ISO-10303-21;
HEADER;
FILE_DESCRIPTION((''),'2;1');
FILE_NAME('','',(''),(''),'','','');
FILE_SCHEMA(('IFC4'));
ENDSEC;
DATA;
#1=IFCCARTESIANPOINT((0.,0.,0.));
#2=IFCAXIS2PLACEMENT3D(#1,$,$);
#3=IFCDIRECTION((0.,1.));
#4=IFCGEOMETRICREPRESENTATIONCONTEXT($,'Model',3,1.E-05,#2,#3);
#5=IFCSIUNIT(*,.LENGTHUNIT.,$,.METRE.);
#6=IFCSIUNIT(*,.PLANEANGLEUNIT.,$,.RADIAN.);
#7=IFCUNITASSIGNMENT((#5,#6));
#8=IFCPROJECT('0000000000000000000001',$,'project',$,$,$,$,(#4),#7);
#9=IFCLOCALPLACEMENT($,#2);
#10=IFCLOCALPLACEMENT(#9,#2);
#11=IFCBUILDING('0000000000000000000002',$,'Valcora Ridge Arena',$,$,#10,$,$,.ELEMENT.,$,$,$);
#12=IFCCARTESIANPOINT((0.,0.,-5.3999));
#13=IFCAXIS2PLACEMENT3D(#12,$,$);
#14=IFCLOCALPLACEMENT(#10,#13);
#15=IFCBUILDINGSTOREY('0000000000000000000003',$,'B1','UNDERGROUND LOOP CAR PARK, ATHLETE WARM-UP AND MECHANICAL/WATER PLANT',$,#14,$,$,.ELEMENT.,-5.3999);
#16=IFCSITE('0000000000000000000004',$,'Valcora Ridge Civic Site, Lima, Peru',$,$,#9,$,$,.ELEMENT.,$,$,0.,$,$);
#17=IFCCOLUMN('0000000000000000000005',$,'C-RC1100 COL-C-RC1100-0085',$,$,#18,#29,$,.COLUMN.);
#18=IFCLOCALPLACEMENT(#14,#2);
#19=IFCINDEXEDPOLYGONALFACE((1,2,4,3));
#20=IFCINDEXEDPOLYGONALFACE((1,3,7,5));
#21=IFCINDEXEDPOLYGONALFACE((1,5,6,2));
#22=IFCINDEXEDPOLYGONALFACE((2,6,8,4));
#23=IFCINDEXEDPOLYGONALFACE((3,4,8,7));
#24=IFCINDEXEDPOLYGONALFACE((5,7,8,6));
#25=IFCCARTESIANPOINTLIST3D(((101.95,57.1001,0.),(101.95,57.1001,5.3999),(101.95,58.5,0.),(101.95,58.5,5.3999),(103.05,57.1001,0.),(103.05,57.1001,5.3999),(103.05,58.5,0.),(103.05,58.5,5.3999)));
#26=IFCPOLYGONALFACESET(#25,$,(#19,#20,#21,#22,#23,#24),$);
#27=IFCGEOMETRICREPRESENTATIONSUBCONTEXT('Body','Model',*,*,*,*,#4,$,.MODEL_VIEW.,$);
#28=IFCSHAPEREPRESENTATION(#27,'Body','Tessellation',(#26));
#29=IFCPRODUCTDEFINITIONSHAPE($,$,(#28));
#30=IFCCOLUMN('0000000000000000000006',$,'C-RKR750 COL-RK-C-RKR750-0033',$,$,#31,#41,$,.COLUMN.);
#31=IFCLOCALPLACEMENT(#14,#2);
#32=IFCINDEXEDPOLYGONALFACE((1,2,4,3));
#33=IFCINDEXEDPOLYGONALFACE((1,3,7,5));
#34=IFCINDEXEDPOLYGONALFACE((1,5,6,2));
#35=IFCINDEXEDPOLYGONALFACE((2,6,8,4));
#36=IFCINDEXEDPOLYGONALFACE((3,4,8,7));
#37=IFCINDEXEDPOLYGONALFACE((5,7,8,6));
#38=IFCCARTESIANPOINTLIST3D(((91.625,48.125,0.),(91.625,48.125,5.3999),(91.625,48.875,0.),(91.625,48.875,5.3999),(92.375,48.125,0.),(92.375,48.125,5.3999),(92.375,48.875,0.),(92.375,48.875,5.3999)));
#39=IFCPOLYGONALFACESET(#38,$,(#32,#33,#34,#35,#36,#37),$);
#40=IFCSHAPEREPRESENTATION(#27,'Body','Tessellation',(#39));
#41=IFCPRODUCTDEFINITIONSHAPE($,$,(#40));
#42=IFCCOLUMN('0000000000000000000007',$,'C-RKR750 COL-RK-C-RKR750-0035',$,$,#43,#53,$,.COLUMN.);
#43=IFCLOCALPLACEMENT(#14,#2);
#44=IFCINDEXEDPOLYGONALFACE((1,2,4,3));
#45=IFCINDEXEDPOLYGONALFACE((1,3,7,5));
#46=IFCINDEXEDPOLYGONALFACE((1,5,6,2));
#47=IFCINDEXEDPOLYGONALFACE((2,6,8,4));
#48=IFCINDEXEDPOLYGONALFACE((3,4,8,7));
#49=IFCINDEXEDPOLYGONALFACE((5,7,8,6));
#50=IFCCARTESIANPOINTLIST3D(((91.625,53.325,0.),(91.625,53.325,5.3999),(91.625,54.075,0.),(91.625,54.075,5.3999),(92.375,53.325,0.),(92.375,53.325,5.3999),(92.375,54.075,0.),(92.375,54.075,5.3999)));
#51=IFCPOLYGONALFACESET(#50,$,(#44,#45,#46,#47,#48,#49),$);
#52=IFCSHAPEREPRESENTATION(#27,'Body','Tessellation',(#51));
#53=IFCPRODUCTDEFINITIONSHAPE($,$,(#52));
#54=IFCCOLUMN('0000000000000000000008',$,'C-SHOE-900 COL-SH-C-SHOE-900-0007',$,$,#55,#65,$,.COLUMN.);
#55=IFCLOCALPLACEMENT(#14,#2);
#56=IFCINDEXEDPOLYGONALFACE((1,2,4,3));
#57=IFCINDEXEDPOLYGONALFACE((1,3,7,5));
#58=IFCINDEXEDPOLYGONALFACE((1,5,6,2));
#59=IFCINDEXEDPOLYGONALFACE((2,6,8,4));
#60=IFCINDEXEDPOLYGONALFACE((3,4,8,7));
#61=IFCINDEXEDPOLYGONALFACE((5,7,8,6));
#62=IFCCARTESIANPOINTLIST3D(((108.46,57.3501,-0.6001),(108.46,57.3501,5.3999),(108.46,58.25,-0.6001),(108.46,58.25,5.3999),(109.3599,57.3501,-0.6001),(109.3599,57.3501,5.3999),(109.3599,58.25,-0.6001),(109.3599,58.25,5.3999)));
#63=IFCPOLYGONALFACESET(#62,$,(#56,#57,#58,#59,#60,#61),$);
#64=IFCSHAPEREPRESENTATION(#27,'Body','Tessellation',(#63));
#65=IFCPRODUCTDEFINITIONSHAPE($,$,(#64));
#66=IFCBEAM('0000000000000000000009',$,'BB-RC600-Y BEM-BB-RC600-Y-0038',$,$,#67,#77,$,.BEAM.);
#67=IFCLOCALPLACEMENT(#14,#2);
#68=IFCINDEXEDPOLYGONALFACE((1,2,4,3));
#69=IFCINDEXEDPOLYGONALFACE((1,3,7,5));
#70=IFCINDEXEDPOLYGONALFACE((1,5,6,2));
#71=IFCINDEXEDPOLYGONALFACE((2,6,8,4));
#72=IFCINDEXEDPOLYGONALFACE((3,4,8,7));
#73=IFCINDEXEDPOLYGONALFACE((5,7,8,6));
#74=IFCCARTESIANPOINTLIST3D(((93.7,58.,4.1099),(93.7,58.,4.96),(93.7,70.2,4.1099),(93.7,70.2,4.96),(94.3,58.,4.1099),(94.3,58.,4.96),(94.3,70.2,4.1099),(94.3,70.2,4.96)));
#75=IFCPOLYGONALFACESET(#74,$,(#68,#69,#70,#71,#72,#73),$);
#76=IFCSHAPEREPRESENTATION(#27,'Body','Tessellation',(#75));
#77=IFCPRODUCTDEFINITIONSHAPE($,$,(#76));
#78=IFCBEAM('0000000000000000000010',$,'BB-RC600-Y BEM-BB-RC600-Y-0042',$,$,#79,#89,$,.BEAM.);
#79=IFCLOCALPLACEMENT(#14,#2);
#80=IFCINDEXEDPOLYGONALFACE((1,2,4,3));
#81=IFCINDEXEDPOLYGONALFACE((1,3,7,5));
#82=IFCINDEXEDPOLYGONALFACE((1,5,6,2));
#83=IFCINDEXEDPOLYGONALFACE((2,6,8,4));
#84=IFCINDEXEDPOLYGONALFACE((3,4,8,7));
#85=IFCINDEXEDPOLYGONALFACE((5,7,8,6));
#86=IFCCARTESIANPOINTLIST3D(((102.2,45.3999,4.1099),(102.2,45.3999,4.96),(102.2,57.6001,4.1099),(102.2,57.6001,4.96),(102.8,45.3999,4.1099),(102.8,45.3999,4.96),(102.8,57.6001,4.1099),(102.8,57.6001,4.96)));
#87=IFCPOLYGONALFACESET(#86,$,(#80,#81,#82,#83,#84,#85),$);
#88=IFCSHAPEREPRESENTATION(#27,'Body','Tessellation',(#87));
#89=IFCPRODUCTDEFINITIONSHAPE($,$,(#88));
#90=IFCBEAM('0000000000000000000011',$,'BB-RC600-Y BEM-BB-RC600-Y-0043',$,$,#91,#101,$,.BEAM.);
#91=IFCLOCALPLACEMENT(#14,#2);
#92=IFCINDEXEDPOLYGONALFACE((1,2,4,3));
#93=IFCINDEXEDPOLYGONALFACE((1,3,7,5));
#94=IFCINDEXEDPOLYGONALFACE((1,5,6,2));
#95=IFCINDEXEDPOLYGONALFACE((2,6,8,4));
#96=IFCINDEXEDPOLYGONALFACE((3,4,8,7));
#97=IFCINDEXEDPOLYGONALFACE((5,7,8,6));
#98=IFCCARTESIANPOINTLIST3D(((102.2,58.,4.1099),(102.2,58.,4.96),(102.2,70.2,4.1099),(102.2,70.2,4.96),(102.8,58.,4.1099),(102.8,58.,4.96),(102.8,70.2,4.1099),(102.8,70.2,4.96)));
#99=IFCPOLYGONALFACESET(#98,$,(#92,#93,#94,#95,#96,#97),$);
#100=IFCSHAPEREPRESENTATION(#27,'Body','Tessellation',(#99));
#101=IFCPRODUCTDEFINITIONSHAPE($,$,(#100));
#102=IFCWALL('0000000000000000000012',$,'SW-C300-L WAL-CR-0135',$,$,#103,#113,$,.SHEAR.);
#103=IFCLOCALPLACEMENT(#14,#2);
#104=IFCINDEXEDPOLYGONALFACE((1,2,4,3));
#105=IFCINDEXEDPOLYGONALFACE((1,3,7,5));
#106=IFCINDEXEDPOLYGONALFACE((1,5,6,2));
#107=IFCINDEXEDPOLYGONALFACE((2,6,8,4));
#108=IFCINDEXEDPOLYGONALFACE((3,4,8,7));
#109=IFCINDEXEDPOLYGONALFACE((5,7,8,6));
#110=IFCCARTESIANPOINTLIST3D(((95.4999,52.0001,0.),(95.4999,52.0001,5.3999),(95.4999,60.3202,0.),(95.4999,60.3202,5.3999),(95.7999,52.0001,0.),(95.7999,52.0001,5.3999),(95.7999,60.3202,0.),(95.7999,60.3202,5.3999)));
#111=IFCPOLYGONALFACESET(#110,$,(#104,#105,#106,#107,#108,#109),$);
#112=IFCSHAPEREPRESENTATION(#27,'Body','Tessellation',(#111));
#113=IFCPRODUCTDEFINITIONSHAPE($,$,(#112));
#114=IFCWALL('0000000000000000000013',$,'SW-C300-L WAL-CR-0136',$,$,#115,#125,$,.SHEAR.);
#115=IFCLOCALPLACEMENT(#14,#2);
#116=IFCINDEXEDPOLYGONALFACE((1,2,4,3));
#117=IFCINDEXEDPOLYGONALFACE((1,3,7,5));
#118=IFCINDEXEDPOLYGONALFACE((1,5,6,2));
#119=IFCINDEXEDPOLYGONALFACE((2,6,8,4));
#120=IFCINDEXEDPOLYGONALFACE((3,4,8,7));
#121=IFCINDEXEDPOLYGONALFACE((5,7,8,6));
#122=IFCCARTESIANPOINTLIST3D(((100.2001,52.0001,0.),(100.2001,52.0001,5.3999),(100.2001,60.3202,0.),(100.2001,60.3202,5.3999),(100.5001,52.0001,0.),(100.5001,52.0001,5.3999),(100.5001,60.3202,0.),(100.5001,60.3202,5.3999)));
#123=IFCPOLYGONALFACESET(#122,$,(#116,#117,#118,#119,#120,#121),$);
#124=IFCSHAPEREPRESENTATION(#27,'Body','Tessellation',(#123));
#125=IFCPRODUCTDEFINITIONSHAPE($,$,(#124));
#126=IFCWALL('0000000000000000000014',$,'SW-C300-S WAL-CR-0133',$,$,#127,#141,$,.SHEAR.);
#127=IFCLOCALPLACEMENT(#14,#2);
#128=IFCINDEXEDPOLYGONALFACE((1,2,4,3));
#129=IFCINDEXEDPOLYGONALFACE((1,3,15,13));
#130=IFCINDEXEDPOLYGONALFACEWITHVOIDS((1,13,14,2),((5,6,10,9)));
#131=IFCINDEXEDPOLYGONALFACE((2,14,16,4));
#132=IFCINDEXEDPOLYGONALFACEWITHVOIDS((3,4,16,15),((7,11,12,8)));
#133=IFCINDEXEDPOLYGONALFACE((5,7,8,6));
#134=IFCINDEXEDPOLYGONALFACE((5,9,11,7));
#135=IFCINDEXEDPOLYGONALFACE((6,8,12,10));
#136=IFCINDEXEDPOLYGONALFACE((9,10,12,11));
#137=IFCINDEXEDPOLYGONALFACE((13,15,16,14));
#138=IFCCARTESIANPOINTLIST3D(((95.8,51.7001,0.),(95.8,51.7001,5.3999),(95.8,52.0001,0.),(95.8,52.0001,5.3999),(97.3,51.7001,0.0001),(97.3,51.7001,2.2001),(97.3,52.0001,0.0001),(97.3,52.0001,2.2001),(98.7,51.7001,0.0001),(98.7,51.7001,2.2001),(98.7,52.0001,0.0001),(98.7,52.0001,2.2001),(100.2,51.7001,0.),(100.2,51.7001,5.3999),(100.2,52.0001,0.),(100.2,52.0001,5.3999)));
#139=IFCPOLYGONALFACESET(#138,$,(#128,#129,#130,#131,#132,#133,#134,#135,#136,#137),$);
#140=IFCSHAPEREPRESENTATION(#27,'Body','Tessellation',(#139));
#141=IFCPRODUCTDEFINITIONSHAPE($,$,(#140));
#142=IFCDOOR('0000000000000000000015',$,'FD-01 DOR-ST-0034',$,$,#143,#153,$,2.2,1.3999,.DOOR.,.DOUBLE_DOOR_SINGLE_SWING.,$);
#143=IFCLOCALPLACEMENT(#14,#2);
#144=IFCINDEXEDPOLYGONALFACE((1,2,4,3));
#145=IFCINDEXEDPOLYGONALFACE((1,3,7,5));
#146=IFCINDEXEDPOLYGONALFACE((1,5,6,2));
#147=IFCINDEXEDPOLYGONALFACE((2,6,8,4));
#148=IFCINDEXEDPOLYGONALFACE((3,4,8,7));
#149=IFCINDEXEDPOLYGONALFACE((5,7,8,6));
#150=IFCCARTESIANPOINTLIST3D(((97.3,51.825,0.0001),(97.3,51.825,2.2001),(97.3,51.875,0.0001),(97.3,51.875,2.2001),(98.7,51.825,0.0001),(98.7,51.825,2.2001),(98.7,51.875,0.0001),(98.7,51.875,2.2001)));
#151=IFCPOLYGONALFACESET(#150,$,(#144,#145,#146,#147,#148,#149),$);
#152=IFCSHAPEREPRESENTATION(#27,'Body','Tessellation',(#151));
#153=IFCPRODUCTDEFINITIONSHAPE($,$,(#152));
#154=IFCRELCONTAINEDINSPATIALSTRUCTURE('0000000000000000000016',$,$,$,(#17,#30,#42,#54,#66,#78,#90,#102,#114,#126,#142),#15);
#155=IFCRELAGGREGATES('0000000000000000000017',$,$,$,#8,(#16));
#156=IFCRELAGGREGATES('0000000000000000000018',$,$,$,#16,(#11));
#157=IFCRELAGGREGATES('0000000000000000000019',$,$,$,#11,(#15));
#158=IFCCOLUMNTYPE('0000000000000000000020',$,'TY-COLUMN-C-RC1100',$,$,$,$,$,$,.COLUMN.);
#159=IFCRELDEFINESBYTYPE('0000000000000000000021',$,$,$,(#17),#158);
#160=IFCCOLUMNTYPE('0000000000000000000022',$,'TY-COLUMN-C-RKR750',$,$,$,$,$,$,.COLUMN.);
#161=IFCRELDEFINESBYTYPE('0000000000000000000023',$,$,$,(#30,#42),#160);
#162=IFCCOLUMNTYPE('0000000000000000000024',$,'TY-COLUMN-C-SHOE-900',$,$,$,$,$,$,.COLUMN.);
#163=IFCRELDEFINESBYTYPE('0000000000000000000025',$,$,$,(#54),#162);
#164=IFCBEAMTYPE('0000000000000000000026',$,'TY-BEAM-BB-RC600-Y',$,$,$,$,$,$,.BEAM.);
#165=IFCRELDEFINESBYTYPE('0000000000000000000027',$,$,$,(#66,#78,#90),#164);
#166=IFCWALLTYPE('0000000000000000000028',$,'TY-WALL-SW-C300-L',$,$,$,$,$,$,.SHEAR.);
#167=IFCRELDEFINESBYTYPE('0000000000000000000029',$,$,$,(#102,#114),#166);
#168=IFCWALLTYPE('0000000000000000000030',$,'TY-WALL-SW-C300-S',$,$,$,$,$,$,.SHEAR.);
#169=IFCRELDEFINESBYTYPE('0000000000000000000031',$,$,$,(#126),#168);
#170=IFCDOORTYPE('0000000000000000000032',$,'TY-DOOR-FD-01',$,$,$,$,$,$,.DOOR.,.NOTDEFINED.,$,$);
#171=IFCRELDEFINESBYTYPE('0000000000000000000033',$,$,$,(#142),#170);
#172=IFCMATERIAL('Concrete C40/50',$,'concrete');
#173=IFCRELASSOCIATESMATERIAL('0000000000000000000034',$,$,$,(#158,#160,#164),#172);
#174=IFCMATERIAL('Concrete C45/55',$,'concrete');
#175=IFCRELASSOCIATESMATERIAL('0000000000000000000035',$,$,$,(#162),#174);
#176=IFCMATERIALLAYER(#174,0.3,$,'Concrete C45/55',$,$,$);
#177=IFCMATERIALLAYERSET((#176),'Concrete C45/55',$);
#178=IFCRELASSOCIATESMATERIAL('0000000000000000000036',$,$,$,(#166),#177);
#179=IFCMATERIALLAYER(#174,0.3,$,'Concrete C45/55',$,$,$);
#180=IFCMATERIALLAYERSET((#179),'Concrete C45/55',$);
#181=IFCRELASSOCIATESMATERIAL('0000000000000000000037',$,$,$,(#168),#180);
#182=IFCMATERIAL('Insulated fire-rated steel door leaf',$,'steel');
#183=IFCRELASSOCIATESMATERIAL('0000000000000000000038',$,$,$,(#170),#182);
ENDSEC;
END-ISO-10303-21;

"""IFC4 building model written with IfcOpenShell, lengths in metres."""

from ifc_helpers import new_model, si_unit, direction, frame, frame_2d, origin, origin_2d, place, context, subcontext, project, spatial, rectangle, extrude, material, layer, layer_set, material_profile, profile_set, type_object, element, fill, save


model = new_model("IFC4")

# Units and contexts
model_context = context("Model", 3, precision=1e-05, world=origin(), true_north=direction((0.0, 1.0)))
body_context = subcontext(model_context, "Body", "Model", "MODEL_VIEW")
ifc_project = project(units=[si_unit("LENGTHUNIT", "METRE"), si_unit("PLANEANGLEUNIT", "RADIAN")], contexts=[model_context])

# Site, building, storey
site_placement = place(None, origin())
site = spatial("IfcSite", under=ifc_project, at=site_placement, Name="Valcora Ridge Civic Site, Lima, Peru", CompositionType="ELEMENT", RefElevation=0.0)
building_placement = place(site_placement, origin())
building = spatial("IfcBuilding", under=site, at=building_placement, Name="Valcora Ridge Arena", CompositionType="ELEMENT")
storey_placement = place(building_placement, frame((0.0, 0.0, -5.3999)))
storey = spatial("IfcBuildingStorey", under=building, at=storey_placement, Name="B1", Description="UNDERGROUND LOOP CAR PARK, ATHLETE WARM-UP AND MECHANICAL/WATER PLANT", CompositionType="ELEMENT", Elevation=-5.3999)

# Shared definitions
ifc_material_1 = material(Name="Concrete C40/50", Category="concrete")

# Columns
ifc_material_profile_1 = material_profile(ifc_material_1, rectangle(XDim=1.1001, YDim=1.3999, at=origin_2d()), Name="RC 1100x1400")
ifc_profile_set_1 = profile_set([ifc_material_profile_1], Name="Concrete C40/50")
column_type_1 = type_object("IfcColumnType", Name="TY-COLUMN-C-RC1100", PredefinedType="COLUMN", material=ifc_profile_set_1)
for number, where, z_axis, x_axis, name in (
    (1, (102.5, 57.8, 0.0), (0.0, 0.0, 1.0), (1.0, 0.0, 0.0), "C-RC1100 COL-C-RC1100-0085"),
):
    element("IfcColumn", number, at=place(storey_placement, frame(where, z_axis=z_axis, x_axis=x_axis)), inside=storey, type_object=column_type_1, Name=name, PredefinedType="COLUMN", context=body_context, shape_type="SweptSolid", body=[
        extrude(rectangle(XDim=1.1001, YDim=1.3999, at=origin_2d()), origin(), (0.0, 0.0, 1.0), 5.3999),
    ])
ifc_material_profile_2 = material_profile(ifc_material_1, rectangle(XDim=0.75, YDim=0.75, at=origin_2d()), Name="RC 750x750")
ifc_profile_set_2 = profile_set([ifc_material_profile_2], Name="Concrete C40/50")
column_type_2 = type_object("IfcColumnType", Name="TY-COLUMN-C-RKR750", PredefinedType="COLUMN", material=ifc_profile_set_2)
for number, where, z_axis, x_axis, name in (
    (2, (92.0, 48.5, 0.0), (0.0, 0.0, 1.0), (1.0, 0.0, 0.0), "C-RKR750 COL-RK-C-RKR750-0033"),
    (3, (92.0, 53.7, 0.0), (0.0, 0.0, 1.0), (1.0, 0.0, 0.0), "C-RKR750 COL-RK-C-RKR750-0035"),
):
    element("IfcColumn", number, at=place(storey_placement, frame(where, z_axis=z_axis, x_axis=x_axis)), inside=storey, type_object=column_type_2, Name=name, PredefinedType="COLUMN", context=body_context, shape_type="SweptSolid", body=[
        extrude(rectangle(XDim=0.75, YDim=0.75, at=origin_2d()), origin(), (0.0, 0.0, 1.0), 5.3999),
    ])
ifc_material_2 = material(Name="Concrete C45/55", Category="concrete")
ifc_material_profile_3 = material_profile(ifc_material_2, rectangle(XDim=0.8999, YDim=0.8999, at=origin_2d()), Name="RC 900x900")
ifc_profile_set_3 = profile_set([ifc_material_profile_3], Name="Concrete C45/55")
column_type_3 = type_object("IfcColumnType", Name="TY-COLUMN-C-SHOE-900", PredefinedType="COLUMN", material=ifc_profile_set_3)
column_placement = place(storey_placement, frame((108.9099, 57.8, -0.6001), z_axis=(0.0, 0.0, 1.0), x_axis=(1.0, 0.0, 0.0)))
element("IfcColumn", 4, at=column_placement, inside=storey, type_object=column_type_3, Name="C-SHOE-900 COL-SH-C-SHOE-900-0007", PredefinedType="COLUMN", context=body_context, shape_type="SweptSolid", body=[
    extrude(rectangle(XDim=0.8999, YDim=0.8999, at=origin_2d()), origin(), (0.0, 0.0, 1.0), 6.0),
])

# Beams
ifc_material_profile_4 = material_profile(ifc_material_1, rectangle(XDim=0.6001, YDim=0.8501, at=origin_2d()), Name="RC 600x850")
ifc_profile_set_4 = profile_set([ifc_material_profile_4], Name="Concrete C40/50")
beam_type = type_object("IfcBeamType", Name="TY-BEAM-BB-RC600-Y", PredefinedType="BEAM", material=ifc_profile_set_4)
beam_1_placement = place(storey_placement, frame((94.0, 58.0, 4.5349), z_axis=(0.0, 1.0, 0.0), x_axis=(-1.0, 0.0, 0.0)))
element("IfcBeam", 5, at=beam_1_placement, inside=storey, type_object=beam_type, Name="BB-RC600-Y BEM-BB-RC600-Y-0038", PredefinedType="BEAM", context=body_context, shape_type="SweptSolid", body=[
    extrude(rectangle(XDim=0.6001, YDim=0.8501, at=origin_2d()), origin(), (0.0, 0.0, 1.0), 12.2),
])
beam_2_placement = place(storey_placement, frame((102.5, 45.3999, 4.5349), z_axis=(0.0, 1.0, 0.0), x_axis=(-1.0, 0.0, 0.0)))
element("IfcBeam", 6, at=beam_2_placement, inside=storey, type_object=beam_type, Name="BB-RC600-Y BEM-BB-RC600-Y-0042", PredefinedType="BEAM", context=body_context, shape_type="SweptSolid", body=[
    extrude(rectangle(XDim=0.6001, YDim=0.8501, at=origin_2d()), origin(), (0.0, 0.0, 1.0), 12.2002),
])
beam_3_placement = place(storey_placement, frame((102.5, 58.0, 4.5349), z_axis=(0.0, 1.0, 0.0), x_axis=(-1.0, 0.0, 0.0)))
element("IfcBeam", 7, at=beam_3_placement, inside=storey, type_object=beam_type, Name="BB-RC600-Y BEM-BB-RC600-Y-0043", PredefinedType="BEAM", context=body_context, shape_type="SweptSolid", body=[
    extrude(rectangle(XDim=0.6001, YDim=0.8501, at=origin_2d()), origin(), (0.0, 0.0, 1.0), 12.2),
])

# Walls
ifc_layer_1 = layer(ifc_material_2, 0.3, Name="Concrete C45/55")
ifc_layer_set_1 = layer_set([ifc_layer_1], Name="Concrete C45/55")
wall_type_1 = type_object("IfcWallType", Name="TY-WALL-SW-C300-L", PredefinedType="SHEAR", material=ifc_layer_set_1)
for number, where, z_axis, x_axis, name in (
    (8, (95.6499, 52.0, 0.0), (0.0, 0.0, 1.0), (0.0, 1.0, 0.0), "SW-C300-L WAL-CR-0135"),
    (9, (100.3501, 52.0, 0.0), (0.0, 0.0, 1.0), (0.0, 1.0, 0.0), "SW-C300-L WAL-CR-0136"),
):
    element("IfcWall", number, at=place(storey_placement, frame(where, z_axis=z_axis, x_axis=x_axis)), inside=storey, type_object=wall_type_1, Name=name, PredefinedType="SHEAR", context=body_context, shape_type="SweptSolid", body=[
        extrude(rectangle(XDim=8.3201, YDim=0.3, at=frame_2d((4.1602, 0.0))), origin(), (0.0, 0.0, 1.0), 5.3999),
    ])

# Wall, opening, door
ifc_layer_2 = layer(ifc_material_2, 0.3, Name="Concrete C45/55")
ifc_layer_set_2 = layer_set([ifc_layer_2], Name="Concrete C45/55")
wall_type_2 = type_object("IfcWallType", Name="TY-WALL-SW-C300-S", PredefinedType="SHEAR", material=ifc_layer_set_2)
wall_placement = place(storey_placement, frame((95.8, 51.8501, 0.0), z_axis=(0.0, 0.0, 1.0), x_axis=(1.0, 0.0, 0.0)))
wall = element("IfcWall", 10, at=wall_placement, inside=storey, type_object=wall_type_2, Name="SW-C300-S WAL-CR-0133", PredefinedType="SHEAR", context=body_context, shape_type="SweptSolid", body=[
    extrude(rectangle(XDim=4.3999, YDim=0.3, at=frame_2d((2.2, 0.0))), origin(), (0.0, 0.0, 1.0), 5.3999),
])
opening_placement = place(wall_placement, frame((1.5, 0.0, 0.0)))
opening = element("IfcOpeningElement", 11, at=opening_placement, cuts=wall, PredefinedType="OPENING", context=body_context, shape_type="SweptSolid", body=[
    extrude(rectangle(XDim=1.3999, YDim=2.2, at=frame_2d((0.7, 1.1001))), frame((0.0, 0.1599, 0.0), z_axis=(0.0, -1.0, 0.0), x_axis=(1.0, 0.0, 0.0)), (0.0, 0.0, 1.0), 0.3201),
])
ifc_material_3 = material(Name="Insulated fire-rated steel door leaf", Category="steel")
door_type = type_object("IfcDoorType", Name="TY-DOOR-FD-01", OperationType="NOTDEFINED", PredefinedType="DOOR", material=ifc_material_3)
door_placement = place(opening_placement, origin())
door = element("IfcDoor", 12, at=door_placement, inside=storey, type_object=door_type, Name="FD-01 DOR-ST-0034", OperationType="DOUBLE_DOOR_SINGLE_SWING", OverallHeight=2.2, OverallWidth=1.3999, PredefinedType="DOOR", context=body_context, shape_type="SweptSolid", body=[
    extrude(rectangle(XDim=1.3999, YDim=2.2, at=frame_2d((0.7, 1.1001))), frame((0.0, 0.0249, 0.0), z_axis=(0.0, -1.0, 0.0), x_axis=(1.0, 0.0, 0.0)), (0.0, 0.0, 1.0), 0.05),
])
fill(opening, door)

save(model, "model.ifc")
